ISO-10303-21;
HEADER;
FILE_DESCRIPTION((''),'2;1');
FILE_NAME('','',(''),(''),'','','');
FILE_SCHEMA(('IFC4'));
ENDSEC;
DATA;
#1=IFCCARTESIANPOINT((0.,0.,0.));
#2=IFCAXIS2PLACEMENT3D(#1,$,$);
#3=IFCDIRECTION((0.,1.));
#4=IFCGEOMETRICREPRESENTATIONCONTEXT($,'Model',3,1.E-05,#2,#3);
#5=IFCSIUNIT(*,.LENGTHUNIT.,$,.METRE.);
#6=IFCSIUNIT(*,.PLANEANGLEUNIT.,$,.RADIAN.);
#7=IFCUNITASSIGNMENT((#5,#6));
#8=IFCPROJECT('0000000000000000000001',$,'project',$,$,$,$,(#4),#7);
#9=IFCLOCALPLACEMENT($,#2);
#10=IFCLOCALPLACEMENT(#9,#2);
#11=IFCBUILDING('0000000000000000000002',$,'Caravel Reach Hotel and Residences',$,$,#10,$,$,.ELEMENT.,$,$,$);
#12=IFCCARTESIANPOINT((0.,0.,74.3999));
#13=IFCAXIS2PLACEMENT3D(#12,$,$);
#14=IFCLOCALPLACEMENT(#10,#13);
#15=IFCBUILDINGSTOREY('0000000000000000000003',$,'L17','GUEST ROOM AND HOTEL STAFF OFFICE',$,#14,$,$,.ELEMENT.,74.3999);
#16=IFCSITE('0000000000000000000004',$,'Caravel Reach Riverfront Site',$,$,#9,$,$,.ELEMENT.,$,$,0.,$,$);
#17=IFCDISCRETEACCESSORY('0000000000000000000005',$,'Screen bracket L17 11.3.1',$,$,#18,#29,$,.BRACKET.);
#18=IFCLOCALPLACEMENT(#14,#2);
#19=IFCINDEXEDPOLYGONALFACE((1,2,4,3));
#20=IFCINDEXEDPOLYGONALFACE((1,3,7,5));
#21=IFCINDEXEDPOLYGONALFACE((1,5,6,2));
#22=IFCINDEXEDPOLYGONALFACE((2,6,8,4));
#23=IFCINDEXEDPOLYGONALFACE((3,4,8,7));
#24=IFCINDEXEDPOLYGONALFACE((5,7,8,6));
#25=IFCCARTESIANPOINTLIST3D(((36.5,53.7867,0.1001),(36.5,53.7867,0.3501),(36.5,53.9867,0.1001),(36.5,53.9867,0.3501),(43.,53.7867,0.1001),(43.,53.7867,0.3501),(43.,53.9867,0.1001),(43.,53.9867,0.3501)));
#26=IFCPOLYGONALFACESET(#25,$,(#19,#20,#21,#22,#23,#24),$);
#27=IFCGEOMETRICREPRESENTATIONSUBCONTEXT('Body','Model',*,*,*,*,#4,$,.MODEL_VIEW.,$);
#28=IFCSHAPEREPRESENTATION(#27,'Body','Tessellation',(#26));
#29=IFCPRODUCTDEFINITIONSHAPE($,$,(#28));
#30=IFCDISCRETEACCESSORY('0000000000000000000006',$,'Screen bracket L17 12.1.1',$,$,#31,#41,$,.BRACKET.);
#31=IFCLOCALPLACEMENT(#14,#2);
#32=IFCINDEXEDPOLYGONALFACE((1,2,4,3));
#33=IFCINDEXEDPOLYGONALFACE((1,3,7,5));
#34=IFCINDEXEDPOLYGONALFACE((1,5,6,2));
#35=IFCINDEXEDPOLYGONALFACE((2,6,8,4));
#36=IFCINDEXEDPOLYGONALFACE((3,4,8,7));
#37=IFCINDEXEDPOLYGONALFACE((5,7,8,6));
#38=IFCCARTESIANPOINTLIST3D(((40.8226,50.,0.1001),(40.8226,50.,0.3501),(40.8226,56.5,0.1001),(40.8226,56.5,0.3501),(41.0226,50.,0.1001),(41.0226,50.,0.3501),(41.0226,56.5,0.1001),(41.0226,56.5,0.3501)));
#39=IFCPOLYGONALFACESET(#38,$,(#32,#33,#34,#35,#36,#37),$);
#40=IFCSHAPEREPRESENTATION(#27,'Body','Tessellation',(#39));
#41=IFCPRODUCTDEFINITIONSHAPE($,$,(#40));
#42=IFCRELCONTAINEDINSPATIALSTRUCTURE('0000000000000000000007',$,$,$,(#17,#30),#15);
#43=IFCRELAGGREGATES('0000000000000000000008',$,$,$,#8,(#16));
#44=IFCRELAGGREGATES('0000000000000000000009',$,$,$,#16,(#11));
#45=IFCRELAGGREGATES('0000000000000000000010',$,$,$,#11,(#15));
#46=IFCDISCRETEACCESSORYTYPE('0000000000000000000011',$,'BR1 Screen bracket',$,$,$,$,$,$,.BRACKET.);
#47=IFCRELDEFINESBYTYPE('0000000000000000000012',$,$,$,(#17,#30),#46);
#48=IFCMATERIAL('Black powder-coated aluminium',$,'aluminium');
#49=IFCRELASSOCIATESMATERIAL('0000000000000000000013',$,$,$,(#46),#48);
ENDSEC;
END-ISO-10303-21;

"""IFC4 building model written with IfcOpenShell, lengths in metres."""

from ifc_helpers import new_model, si_unit, direction, frame, origin, origin_2d, place, context, subcontext, project, spatial, rectangle, extrude, material, type_object, element, save


model = new_model("IFC4")

# Units and contexts
model_context = context("Model", 3, precision=1e-05, world=origin(), true_north=direction((0.0, 1.0)))
body_context = subcontext(model_context, "Body", "Model", "MODEL_VIEW")
ifc_project = project(units=[si_unit("LENGTHUNIT", "METRE"), si_unit("PLANEANGLEUNIT", "RADIAN")], contexts=[model_context])

# Site, building, storey
site_placement = place(None, origin())
site = spatial("IfcSite", under=ifc_project, at=site_placement, Name="Caravel Reach Riverfront Site", CompositionType="ELEMENT", RefElevation=0.0)
building_placement = place(site_placement, origin())
building = spatial("IfcBuilding", under=site, at=building_placement, Name="Caravel Reach Hotel and Residences", CompositionType="ELEMENT")
storey_placement = place(building_placement, frame((0.0, 0.0, 74.3999)))
storey = spatial("IfcBuildingStorey", under=building, at=storey_placement, Name="L17", Description="GUEST ROOM AND HOTEL STAFF OFFICE", CompositionType="ELEMENT", Elevation=74.3999)

# Discrete accessories
ifc_material_1 = material(Name="Black powder-coated aluminium", Category="aluminium")
discrete_accessory_type = type_object("IfcDiscreteAccessoryType", Name="BR1 Screen bracket", PredefinedType="BRACKET", material=ifc_material_1)
for number, where, z_axis, x_axis, name in (
    (1, (39.75, 53.8867, 0.1001), (0.0, 0.0, 1.0), (1.0, 0.0, 0.0), "Screen bracket L17 11.3.1"),
    (2, (40.9226, 53.25, 0.1001), (0.0, 0.0, 1.0), (0.0, 1.0, 0.0), "Screen bracket L17 12.1.1"),
):
    element("IfcDiscreteAccessory", number, at=place(storey_placement, frame(where, z_axis=z_axis, x_axis=x_axis)), inside=storey, type_object=discrete_accessory_type, Name=name, PredefinedType="BRACKET", context=body_context, shape_type="SweptSolid", body=[
        extrude(rectangle(XDim=6.5, YDim=0.2, at=origin_2d()), origin(), (0.0, 0.0, 1.0), 0.25),
    ])

save(model, "model.ifc")
